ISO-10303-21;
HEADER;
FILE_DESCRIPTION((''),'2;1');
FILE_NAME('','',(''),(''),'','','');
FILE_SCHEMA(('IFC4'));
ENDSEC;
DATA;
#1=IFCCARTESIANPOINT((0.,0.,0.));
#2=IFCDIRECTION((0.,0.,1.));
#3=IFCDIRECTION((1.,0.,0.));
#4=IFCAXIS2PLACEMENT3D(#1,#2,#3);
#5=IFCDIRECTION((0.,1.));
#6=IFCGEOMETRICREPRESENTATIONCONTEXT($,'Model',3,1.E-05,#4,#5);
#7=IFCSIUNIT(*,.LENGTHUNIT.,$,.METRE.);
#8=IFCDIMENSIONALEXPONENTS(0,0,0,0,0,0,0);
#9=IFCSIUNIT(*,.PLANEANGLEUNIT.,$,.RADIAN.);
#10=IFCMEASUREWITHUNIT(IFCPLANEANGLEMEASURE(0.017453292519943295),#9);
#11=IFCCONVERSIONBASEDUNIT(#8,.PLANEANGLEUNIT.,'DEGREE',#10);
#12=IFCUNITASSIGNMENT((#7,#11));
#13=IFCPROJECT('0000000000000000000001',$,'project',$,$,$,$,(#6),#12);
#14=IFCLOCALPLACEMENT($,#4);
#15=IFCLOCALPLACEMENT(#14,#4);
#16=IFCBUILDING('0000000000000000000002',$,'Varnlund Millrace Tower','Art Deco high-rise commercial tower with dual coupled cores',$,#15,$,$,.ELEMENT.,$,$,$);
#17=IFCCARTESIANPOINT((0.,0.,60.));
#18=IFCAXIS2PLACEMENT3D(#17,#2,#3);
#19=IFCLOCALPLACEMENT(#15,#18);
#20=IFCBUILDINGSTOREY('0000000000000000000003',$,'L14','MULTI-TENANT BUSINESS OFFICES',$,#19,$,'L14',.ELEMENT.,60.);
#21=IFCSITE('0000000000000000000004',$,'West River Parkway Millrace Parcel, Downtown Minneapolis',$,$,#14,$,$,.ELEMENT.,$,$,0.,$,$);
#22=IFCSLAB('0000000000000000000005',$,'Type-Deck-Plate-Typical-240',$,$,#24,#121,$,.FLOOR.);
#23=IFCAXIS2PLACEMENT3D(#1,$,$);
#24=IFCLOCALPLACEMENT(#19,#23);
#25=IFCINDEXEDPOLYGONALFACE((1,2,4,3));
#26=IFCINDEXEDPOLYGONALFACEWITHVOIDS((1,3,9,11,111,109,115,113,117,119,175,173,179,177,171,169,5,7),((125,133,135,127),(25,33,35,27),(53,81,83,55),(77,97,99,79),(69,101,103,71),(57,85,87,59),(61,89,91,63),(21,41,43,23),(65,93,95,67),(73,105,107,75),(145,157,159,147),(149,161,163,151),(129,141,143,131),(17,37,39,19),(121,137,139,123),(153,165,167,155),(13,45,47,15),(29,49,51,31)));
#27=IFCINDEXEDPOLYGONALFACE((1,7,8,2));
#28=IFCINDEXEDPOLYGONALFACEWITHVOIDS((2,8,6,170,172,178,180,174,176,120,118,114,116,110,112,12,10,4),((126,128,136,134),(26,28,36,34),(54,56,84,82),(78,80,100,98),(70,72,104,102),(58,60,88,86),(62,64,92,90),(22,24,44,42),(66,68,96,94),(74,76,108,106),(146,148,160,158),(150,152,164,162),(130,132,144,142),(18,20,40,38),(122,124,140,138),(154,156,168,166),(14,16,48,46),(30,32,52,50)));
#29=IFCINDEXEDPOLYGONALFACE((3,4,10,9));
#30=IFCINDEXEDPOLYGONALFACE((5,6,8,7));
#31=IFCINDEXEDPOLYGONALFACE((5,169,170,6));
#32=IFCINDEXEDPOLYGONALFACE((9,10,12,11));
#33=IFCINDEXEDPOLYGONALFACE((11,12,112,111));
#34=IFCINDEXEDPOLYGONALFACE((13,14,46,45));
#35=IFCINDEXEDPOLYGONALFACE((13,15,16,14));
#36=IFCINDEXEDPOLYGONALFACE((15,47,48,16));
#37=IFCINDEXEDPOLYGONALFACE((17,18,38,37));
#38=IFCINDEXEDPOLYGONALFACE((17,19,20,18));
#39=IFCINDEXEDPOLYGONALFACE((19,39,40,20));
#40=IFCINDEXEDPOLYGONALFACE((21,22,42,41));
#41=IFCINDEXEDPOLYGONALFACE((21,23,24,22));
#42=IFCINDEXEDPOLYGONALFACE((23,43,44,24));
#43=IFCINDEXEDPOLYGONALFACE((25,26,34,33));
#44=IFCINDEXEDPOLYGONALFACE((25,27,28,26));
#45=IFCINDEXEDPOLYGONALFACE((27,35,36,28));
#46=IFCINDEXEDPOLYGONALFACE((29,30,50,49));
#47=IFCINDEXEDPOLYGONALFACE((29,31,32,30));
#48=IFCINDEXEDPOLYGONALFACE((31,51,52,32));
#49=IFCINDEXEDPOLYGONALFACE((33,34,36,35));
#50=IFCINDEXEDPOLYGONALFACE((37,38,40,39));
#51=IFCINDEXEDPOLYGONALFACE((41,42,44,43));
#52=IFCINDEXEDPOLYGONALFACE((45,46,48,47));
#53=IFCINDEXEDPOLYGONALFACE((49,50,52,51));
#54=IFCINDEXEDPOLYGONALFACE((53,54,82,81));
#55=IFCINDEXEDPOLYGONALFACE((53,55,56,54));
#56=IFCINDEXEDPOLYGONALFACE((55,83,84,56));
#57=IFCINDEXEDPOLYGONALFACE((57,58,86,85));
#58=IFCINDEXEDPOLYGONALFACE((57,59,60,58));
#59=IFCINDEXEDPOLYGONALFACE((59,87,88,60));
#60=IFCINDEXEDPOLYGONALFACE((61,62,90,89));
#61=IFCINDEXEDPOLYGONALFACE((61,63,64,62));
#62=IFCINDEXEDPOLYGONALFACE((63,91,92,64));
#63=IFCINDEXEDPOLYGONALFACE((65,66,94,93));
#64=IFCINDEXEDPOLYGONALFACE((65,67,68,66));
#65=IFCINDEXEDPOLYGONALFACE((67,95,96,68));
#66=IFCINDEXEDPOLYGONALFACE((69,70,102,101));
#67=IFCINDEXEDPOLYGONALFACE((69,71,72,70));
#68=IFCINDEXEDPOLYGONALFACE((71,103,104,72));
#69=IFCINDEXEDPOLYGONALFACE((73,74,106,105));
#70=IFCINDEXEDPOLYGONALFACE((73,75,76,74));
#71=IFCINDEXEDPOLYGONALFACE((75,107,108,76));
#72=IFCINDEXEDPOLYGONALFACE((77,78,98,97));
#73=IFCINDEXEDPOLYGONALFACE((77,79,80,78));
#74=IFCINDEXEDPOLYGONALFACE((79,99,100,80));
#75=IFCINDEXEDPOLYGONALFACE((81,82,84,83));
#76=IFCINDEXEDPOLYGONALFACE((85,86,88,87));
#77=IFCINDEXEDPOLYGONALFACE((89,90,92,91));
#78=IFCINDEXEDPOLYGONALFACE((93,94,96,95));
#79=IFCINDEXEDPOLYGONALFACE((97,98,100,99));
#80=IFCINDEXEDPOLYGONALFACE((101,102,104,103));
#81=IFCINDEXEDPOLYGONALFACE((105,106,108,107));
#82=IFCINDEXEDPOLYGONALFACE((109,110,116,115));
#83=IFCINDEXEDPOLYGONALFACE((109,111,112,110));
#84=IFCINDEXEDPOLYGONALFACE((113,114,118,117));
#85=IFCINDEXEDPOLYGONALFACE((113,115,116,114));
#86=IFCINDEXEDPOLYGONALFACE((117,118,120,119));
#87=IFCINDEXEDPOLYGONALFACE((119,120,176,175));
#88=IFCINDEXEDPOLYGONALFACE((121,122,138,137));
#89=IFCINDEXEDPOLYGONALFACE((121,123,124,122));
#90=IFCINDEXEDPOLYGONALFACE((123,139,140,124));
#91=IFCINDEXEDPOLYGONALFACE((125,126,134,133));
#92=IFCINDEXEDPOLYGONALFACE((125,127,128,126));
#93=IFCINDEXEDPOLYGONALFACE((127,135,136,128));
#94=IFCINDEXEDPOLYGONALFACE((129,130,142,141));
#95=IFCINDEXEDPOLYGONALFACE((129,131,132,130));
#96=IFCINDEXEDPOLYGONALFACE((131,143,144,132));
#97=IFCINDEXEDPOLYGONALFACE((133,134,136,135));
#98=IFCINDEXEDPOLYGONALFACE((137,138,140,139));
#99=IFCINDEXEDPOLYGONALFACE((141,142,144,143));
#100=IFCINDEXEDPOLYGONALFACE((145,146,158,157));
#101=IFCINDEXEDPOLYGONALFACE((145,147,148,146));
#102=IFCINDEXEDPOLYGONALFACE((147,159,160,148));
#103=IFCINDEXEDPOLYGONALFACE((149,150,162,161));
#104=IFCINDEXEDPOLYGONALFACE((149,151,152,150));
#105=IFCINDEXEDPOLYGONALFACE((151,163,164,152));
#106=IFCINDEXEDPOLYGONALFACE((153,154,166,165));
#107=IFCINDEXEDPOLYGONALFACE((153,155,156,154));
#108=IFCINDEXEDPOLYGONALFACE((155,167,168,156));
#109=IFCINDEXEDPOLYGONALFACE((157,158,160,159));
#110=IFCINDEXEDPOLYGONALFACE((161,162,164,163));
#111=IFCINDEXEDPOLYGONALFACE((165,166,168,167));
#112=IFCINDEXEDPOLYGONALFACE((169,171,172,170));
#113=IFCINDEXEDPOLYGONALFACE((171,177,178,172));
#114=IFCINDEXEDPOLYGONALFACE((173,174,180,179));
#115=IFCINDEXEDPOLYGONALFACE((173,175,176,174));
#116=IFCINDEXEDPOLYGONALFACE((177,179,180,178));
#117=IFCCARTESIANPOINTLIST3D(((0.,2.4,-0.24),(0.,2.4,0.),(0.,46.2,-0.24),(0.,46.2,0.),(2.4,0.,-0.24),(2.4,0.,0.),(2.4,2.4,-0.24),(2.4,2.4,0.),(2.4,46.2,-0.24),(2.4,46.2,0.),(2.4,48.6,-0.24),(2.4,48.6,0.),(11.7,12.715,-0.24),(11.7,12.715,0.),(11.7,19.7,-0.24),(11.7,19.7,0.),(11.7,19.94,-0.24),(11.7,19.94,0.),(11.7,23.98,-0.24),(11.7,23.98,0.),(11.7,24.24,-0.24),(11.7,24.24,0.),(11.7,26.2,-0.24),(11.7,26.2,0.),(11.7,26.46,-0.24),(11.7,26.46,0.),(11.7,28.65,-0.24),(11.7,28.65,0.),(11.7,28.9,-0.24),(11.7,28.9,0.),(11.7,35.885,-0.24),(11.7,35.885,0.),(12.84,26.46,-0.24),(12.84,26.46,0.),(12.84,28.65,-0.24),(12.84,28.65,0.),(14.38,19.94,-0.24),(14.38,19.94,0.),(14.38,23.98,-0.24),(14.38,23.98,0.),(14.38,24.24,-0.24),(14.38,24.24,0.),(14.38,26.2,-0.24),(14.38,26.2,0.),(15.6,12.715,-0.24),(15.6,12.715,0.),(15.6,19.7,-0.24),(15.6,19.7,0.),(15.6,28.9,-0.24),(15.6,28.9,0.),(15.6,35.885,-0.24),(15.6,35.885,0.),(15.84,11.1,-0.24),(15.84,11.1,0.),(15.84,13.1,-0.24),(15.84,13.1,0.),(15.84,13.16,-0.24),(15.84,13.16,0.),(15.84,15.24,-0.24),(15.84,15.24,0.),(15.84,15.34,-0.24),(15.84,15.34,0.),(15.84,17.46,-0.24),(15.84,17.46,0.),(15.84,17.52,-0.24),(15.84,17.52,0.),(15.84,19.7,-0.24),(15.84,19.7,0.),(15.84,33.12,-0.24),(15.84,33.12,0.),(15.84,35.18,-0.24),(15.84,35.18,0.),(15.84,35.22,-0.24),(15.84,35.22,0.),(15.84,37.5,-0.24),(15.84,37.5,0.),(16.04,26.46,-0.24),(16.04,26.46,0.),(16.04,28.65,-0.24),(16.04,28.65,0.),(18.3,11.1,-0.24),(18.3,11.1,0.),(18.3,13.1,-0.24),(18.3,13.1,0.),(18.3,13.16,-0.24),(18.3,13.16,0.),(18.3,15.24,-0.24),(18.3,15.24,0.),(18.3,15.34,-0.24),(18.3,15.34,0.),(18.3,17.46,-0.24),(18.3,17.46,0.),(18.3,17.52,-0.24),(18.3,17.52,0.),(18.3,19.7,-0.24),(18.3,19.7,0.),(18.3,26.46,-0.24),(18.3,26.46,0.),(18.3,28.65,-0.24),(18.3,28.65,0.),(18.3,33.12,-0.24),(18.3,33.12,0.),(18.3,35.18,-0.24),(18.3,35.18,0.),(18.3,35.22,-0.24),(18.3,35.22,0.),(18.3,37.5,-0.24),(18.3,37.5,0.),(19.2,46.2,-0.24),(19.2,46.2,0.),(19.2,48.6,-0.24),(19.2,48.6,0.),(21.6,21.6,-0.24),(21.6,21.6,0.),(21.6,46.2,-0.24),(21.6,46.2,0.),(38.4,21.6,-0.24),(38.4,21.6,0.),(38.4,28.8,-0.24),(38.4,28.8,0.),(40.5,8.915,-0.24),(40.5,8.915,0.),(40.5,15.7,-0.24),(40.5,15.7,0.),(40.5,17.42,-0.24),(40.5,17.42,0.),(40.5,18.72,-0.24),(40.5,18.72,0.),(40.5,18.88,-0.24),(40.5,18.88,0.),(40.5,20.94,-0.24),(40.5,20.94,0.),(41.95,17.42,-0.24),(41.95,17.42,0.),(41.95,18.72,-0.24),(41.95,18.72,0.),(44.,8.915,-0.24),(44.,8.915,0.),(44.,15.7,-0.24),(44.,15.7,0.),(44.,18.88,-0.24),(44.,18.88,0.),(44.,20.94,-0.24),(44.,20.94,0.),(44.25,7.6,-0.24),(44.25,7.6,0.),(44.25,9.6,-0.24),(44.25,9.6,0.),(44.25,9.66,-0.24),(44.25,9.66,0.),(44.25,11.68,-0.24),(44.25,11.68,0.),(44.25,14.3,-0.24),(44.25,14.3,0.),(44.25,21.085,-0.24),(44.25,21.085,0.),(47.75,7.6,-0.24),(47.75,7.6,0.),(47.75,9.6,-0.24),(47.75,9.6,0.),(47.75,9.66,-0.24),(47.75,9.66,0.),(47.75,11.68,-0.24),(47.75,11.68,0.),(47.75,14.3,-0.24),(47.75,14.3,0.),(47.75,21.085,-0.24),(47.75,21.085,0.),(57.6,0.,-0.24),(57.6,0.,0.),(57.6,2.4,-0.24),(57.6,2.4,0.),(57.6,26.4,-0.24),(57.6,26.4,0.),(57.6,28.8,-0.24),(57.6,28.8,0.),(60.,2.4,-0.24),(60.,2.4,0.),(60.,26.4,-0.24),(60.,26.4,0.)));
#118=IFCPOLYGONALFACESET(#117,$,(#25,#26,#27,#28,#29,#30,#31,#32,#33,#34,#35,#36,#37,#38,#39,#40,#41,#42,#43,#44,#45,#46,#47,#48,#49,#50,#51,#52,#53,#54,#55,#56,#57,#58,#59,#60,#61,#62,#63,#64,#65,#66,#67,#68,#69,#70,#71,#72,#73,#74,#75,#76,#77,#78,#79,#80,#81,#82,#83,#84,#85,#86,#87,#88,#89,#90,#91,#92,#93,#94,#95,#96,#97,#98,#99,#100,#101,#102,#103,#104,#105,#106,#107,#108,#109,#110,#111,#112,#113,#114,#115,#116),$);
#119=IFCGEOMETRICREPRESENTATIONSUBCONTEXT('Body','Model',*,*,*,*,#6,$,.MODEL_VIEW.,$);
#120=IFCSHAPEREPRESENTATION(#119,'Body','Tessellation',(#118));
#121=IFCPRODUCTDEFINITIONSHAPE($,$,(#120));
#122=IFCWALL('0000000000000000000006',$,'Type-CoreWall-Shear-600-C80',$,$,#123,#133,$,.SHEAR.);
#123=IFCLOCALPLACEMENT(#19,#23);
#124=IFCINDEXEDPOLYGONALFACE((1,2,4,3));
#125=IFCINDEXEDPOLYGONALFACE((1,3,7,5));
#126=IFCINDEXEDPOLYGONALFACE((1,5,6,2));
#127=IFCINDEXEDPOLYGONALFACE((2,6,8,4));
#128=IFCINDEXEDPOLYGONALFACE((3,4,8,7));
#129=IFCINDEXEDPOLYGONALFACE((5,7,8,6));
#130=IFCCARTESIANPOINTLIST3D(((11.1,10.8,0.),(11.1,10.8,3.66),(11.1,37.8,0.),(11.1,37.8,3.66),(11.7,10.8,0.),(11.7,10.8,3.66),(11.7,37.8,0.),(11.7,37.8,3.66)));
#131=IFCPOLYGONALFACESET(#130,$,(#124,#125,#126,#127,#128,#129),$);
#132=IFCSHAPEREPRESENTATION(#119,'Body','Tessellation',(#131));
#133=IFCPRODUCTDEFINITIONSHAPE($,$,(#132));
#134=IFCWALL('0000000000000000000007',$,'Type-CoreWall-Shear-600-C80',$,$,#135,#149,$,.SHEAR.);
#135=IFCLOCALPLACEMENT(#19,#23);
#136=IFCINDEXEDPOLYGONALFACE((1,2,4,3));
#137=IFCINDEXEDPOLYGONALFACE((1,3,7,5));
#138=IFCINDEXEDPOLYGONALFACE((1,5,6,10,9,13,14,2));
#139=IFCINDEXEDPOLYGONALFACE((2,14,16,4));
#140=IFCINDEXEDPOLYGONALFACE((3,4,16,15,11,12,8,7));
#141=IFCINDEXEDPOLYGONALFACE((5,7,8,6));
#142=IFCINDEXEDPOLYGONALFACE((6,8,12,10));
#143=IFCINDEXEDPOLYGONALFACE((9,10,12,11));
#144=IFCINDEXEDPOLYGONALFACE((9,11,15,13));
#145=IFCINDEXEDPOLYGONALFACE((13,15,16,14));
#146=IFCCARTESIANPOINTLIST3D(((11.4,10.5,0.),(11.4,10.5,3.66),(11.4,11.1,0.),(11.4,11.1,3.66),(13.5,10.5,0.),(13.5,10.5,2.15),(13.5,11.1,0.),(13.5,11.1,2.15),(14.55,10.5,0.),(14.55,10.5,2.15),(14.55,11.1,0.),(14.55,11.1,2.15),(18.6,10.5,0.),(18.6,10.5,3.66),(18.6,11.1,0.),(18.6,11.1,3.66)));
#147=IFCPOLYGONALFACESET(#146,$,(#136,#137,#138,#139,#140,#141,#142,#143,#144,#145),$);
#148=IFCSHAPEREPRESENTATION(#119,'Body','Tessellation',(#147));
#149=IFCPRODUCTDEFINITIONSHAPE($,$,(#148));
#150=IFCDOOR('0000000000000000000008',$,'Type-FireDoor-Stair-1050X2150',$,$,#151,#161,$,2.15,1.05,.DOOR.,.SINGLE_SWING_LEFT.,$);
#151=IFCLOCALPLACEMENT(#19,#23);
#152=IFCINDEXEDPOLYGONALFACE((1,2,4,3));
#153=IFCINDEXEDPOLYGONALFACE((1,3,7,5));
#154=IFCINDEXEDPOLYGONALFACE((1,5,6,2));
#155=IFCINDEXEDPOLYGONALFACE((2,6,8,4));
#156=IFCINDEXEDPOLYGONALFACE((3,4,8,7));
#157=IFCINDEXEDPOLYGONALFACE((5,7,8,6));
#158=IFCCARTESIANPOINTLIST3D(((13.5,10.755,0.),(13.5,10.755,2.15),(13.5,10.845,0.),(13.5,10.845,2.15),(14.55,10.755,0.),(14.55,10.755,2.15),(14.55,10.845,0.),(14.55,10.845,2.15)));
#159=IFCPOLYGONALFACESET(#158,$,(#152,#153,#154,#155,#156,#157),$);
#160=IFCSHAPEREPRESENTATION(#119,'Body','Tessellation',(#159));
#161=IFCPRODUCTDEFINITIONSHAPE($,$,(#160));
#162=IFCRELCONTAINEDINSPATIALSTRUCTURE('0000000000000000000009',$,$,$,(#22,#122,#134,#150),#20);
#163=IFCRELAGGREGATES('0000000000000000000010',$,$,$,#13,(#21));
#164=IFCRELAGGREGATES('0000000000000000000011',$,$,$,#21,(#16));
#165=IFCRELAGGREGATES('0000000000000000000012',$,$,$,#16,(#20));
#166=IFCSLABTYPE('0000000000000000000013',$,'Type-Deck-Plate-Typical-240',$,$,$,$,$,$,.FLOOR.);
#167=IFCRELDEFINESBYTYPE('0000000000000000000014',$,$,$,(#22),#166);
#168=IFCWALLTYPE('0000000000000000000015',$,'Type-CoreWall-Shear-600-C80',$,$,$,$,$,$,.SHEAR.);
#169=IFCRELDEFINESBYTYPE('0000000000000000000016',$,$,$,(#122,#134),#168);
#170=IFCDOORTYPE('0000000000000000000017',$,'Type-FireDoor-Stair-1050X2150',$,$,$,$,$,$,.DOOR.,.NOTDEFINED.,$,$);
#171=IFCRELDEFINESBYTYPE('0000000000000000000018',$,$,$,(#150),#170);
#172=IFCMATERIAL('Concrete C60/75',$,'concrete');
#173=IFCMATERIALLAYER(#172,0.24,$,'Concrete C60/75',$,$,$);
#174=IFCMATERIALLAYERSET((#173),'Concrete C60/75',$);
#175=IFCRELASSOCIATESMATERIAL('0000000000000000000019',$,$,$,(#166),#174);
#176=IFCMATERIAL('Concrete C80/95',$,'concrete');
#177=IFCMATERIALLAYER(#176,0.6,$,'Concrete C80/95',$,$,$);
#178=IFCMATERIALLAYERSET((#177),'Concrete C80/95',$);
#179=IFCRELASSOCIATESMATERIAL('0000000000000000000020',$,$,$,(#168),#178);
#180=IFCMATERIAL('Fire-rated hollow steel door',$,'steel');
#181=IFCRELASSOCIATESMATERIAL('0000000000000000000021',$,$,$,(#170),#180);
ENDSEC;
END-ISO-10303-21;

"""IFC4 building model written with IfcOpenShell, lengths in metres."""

from ifc_helpers import new_model, entity, si_unit, converted_unit, direction, frame, origin_with_axes, origin_2d_with_axis, place, context, subcontext, project, spatial, polyline, rectangle, outline, extrude, material, layer, layer_set, type_object, element, fill, save


model = new_model("IFC4")

# Units and contexts
model_context = context("Model", 3, precision=1e-05, world=origin_with_axes(), true_north=direction((0.0, 1.0)))
body_context = subcontext(model_context, "Body", "Model", "MODEL_VIEW")
ifc_project = project(units=[si_unit("LENGTHUNIT", "METRE"), converted_unit("PLANEANGLEUNIT", "DEGREE", entity("IfcPlaneAngleMeasure", 0.017453292519943295), si_unit("PLANEANGLEUNIT", "RADIAN"), dimensions=[0, 0, 0, 0, 0, 0, 0])], contexts=[model_context])

# Site, building, storey
site_placement = place(None, origin_with_axes())
site = spatial("IfcSite", under=ifc_project, at=site_placement, Name="West River Parkway Millrace Parcel, Downtown Minneapolis", CompositionType="ELEMENT", RefElevation=0.0)
building_placement = place(site_placement, origin_with_axes())
building = spatial("IfcBuilding", under=site, at=building_placement, Name="Varnlund Millrace Tower", Description="Art Deco high-rise commercial tower with dual coupled cores", CompositionType="ELEMENT")
storey_placement = place(building_placement, frame((0.0, 0.0, 60.0), z_axis=(0.0, 0.0, 1.0), x_axis=(1.0, 0.0, 0.0)))
storey = spatial("IfcBuildingStorey", under=building, at=storey_placement, Name="L14", Description="MULTI-TENANT BUSINESS OFFICES", LongName="L14", CompositionType="ELEMENT", Elevation=60.0)

# Slab
ifc_material_1 = material(Name="Concrete C60/75", Category="concrete")
ifc_layer_1 = layer(ifc_material_1, 0.24, Name="Concrete C60/75")
ifc_layer_set_1 = layer_set([ifc_layer_1], Name="Concrete C60/75")
slab_type = type_object("IfcSlabType", Name="Type-Deck-Plate-Typical-240", PredefinedType="FLOOR", material=ifc_layer_set_1)
slab_placement = place(storey_placement, frame((0.0, 0.0, -0.24), z_axis=(0.0, 0.0, 1.0), x_axis=(1.0, 0.0, 0.0)))
element("IfcSlab", 1, at=slab_placement, inside=storey, type_object=slab_type, Name="Type-Deck-Plate-Typical-240", PredefinedType="FLOOR", context=body_context, shape_type="SweptSolid", body=[
    extrude(outline(polyline([(21.6, 21.6), (21.6, 46.2), (19.2, 46.2), (19.2, 48.6), (2.4, 48.6), (2.4, 46.2), (0.0, 46.2), (0.0, 2.4), (2.4, 2.4), (2.4, 0.0), (57.6, 0.0), (57.6, 2.4), (60.0, 2.4), (60.0, 26.4), (57.6, 26.4), (57.6, 28.8), (38.4, 28.8), (38.4, 21.6), (21.6, 21.6)]), holes=[polyline([(18.3, 11.1), (15.84, 11.1), (15.84, 13.1), (18.3, 13.1), (18.3, 11.1)]), polyline([(18.3, 13.16), (15.84, 13.16), (15.84, 15.24), (18.3, 15.24), (18.3, 13.16)]), polyline([(15.6, 12.715), (11.7, 12.715), (11.7, 19.7), (15.6, 19.7), (15.6, 12.715)]), polyline([(18.3, 15.34), (15.84, 15.34), (15.84, 17.46), (18.3, 17.46), (18.3, 15.34)]), polyline([(18.3, 17.52), (15.84, 17.52), (15.84, 19.7), (18.3, 19.7), (18.3, 17.52)]), polyline([(14.38, 23.98), (14.38, 19.94), (11.7, 19.94), (11.7, 23.98), (14.38, 23.98)]), polyline([(11.7, 24.24), (11.7, 26.2), (14.38, 26.2), (14.38, 24.24), (11.7, 24.24)]), polyline([(11.7, 26.46), (11.7, 28.65), (12.84, 28.65), (12.84, 26.46), (11.7, 26.46)]), polyline([(15.6, 28.9), (11.7, 28.9), (11.7, 35.885), (15.6, 35.885), (15.6, 28.9)]), polyline([(47.75, 7.6), (44.25, 7.6), (44.25, 9.6), (47.75, 9.6), (47.75, 7.6)]), polyline([(47.75, 9.66), (44.25, 9.66), (44.25, 11.68), (47.75, 11.68), (47.75, 9.66)]), polyline([(40.5, 8.915), (40.5, 15.7), (44.0, 15.7), (44.0, 8.915), (40.5, 8.915)]), polyline([(44.25, 14.3), (44.25, 21.085), (47.75, 21.085), (47.75, 14.3), (44.25, 14.3)]), polyline([(41.95, 17.42), (40.5, 17.42), (40.5, 18.72), (41.95, 18.72), (41.95, 17.42)]), polyline([(44.0, 18.88), (40.5, 18.88), (40.5, 20.94), (44.0, 20.94), (44.0, 18.88)]), polyline([(18.3, 26.46), (16.04, 26.46), (16.04, 28.65), (18.3, 28.65), (18.3, 26.46)]), polyline([(15.84, 33.12), (15.84, 35.18), (18.3, 35.18), (18.3, 33.12), (15.84, 33.12)]), polyline([(15.84, 35.22), (15.84, 37.5), (18.3, 37.5), (18.3, 35.22), (15.84, 35.22)])]), origin_with_axes(), (0.0, 0.0, 1.0), 0.24),
])

# Wall
ifc_material_2 = material(Name="Concrete C80/95", Category="concrete")
ifc_layer_2 = layer(ifc_material_2, 0.6, Name="Concrete C80/95")
ifc_layer_set_2 = layer_set([ifc_layer_2], Name="Concrete C80/95")
wall_type_1 = type_object("IfcWallType", Name="Type-CoreWall-Shear-600-C80", PredefinedType="SHEAR", material=ifc_layer_set_2)
wall_1_placement = place(storey_placement, frame((11.4, 10.8, 0.0), z_axis=(0.0, 0.0, 1.0), x_axis=(0.0, 1.0, 0.0)))
element("IfcWall", 2, at=wall_1_placement, inside=storey, type_object=wall_type_1, Name="Type-CoreWall-Shear-600-C80", PredefinedType="SHEAR", context=body_context, shape_type="SweptSolid", body=[
    extrude(outline(polyline([(0.0, -0.3), (27.0, -0.3), (27.0, 0.3), (0.0, 0.3), (0.0, -0.3)])), origin_with_axes(), (0.0, 0.0, 1.0), 3.66),
])

# Wall, opening, door
wall_2_placement = place(storey_placement, frame((11.4, 10.8, 0.0), z_axis=(0.0, 0.0, 1.0), x_axis=(1.0, 0.0, 0.0)))
wall_2 = element("IfcWall", 3, at=wall_2_placement, inside=storey, type_object=wall_type_1, Name="Type-CoreWall-Shear-600-C80", PredefinedType="SHEAR", context=body_context, shape_type="SweptSolid", body=[
    extrude(outline(polyline([(0.0, -0.3), (7.2, -0.3), (7.2, 0.3), (0.0, 0.3), (0.0, -0.3)])), origin_with_axes(), (0.0, 0.0, 1.0), 3.66),
])
opening_1_placement = place(wall_2_placement, frame((2.625, 0.0, 0.0), z_axis=(0.0, 0.0, 1.0), x_axis=(1.0, 0.0, 0.0)))
opening_1 = element("IfcOpeningElement", 4, at=opening_1_placement, cuts=wall_2, PredefinedType="OPENING", context=body_context, shape_type="SweptSolid", body=[
    extrude(rectangle(XDim=1.05, YDim=0.62, at=origin_2d_with_axis()), origin_with_axes(), (0.0, 0.0, 1.0), 2.15),
])
ifc_material_3 = material(Name="Fire-rated hollow steel door", Category="steel")
door_type_1 = type_object("IfcDoorType", Name="Type-FireDoor-Stair-1050X2150", OperationType="NOTDEFINED", PredefinedType="DOOR", material=ifc_material_3)
door_1_placement = place(wall_2_placement, frame((2.625, 0.0, 0.0), z_axis=(0.0, 0.0, 1.0), x_axis=(1.0, 0.0, 0.0)))
door_1 = element("IfcDoor", 5, at=door_1_placement, inside=storey, type_object=door_type_1, Name="Type-FireDoor-Stair-1050X2150", OperationType="SINGLE_SWING_LEFT", OverallHeight=2.15, OverallWidth=1.05, PredefinedType="DOOR", context=body_context, shape_type="SweptSolid", body=[
    extrude(rectangle(XDim=1.05, YDim=0.09, at=origin_2d_with_axis()), origin_with_axes(), (0.0, 0.0, 1.0), 2.15),
])
fill(opening_1, door_1)

save(model, "model.ifc")
